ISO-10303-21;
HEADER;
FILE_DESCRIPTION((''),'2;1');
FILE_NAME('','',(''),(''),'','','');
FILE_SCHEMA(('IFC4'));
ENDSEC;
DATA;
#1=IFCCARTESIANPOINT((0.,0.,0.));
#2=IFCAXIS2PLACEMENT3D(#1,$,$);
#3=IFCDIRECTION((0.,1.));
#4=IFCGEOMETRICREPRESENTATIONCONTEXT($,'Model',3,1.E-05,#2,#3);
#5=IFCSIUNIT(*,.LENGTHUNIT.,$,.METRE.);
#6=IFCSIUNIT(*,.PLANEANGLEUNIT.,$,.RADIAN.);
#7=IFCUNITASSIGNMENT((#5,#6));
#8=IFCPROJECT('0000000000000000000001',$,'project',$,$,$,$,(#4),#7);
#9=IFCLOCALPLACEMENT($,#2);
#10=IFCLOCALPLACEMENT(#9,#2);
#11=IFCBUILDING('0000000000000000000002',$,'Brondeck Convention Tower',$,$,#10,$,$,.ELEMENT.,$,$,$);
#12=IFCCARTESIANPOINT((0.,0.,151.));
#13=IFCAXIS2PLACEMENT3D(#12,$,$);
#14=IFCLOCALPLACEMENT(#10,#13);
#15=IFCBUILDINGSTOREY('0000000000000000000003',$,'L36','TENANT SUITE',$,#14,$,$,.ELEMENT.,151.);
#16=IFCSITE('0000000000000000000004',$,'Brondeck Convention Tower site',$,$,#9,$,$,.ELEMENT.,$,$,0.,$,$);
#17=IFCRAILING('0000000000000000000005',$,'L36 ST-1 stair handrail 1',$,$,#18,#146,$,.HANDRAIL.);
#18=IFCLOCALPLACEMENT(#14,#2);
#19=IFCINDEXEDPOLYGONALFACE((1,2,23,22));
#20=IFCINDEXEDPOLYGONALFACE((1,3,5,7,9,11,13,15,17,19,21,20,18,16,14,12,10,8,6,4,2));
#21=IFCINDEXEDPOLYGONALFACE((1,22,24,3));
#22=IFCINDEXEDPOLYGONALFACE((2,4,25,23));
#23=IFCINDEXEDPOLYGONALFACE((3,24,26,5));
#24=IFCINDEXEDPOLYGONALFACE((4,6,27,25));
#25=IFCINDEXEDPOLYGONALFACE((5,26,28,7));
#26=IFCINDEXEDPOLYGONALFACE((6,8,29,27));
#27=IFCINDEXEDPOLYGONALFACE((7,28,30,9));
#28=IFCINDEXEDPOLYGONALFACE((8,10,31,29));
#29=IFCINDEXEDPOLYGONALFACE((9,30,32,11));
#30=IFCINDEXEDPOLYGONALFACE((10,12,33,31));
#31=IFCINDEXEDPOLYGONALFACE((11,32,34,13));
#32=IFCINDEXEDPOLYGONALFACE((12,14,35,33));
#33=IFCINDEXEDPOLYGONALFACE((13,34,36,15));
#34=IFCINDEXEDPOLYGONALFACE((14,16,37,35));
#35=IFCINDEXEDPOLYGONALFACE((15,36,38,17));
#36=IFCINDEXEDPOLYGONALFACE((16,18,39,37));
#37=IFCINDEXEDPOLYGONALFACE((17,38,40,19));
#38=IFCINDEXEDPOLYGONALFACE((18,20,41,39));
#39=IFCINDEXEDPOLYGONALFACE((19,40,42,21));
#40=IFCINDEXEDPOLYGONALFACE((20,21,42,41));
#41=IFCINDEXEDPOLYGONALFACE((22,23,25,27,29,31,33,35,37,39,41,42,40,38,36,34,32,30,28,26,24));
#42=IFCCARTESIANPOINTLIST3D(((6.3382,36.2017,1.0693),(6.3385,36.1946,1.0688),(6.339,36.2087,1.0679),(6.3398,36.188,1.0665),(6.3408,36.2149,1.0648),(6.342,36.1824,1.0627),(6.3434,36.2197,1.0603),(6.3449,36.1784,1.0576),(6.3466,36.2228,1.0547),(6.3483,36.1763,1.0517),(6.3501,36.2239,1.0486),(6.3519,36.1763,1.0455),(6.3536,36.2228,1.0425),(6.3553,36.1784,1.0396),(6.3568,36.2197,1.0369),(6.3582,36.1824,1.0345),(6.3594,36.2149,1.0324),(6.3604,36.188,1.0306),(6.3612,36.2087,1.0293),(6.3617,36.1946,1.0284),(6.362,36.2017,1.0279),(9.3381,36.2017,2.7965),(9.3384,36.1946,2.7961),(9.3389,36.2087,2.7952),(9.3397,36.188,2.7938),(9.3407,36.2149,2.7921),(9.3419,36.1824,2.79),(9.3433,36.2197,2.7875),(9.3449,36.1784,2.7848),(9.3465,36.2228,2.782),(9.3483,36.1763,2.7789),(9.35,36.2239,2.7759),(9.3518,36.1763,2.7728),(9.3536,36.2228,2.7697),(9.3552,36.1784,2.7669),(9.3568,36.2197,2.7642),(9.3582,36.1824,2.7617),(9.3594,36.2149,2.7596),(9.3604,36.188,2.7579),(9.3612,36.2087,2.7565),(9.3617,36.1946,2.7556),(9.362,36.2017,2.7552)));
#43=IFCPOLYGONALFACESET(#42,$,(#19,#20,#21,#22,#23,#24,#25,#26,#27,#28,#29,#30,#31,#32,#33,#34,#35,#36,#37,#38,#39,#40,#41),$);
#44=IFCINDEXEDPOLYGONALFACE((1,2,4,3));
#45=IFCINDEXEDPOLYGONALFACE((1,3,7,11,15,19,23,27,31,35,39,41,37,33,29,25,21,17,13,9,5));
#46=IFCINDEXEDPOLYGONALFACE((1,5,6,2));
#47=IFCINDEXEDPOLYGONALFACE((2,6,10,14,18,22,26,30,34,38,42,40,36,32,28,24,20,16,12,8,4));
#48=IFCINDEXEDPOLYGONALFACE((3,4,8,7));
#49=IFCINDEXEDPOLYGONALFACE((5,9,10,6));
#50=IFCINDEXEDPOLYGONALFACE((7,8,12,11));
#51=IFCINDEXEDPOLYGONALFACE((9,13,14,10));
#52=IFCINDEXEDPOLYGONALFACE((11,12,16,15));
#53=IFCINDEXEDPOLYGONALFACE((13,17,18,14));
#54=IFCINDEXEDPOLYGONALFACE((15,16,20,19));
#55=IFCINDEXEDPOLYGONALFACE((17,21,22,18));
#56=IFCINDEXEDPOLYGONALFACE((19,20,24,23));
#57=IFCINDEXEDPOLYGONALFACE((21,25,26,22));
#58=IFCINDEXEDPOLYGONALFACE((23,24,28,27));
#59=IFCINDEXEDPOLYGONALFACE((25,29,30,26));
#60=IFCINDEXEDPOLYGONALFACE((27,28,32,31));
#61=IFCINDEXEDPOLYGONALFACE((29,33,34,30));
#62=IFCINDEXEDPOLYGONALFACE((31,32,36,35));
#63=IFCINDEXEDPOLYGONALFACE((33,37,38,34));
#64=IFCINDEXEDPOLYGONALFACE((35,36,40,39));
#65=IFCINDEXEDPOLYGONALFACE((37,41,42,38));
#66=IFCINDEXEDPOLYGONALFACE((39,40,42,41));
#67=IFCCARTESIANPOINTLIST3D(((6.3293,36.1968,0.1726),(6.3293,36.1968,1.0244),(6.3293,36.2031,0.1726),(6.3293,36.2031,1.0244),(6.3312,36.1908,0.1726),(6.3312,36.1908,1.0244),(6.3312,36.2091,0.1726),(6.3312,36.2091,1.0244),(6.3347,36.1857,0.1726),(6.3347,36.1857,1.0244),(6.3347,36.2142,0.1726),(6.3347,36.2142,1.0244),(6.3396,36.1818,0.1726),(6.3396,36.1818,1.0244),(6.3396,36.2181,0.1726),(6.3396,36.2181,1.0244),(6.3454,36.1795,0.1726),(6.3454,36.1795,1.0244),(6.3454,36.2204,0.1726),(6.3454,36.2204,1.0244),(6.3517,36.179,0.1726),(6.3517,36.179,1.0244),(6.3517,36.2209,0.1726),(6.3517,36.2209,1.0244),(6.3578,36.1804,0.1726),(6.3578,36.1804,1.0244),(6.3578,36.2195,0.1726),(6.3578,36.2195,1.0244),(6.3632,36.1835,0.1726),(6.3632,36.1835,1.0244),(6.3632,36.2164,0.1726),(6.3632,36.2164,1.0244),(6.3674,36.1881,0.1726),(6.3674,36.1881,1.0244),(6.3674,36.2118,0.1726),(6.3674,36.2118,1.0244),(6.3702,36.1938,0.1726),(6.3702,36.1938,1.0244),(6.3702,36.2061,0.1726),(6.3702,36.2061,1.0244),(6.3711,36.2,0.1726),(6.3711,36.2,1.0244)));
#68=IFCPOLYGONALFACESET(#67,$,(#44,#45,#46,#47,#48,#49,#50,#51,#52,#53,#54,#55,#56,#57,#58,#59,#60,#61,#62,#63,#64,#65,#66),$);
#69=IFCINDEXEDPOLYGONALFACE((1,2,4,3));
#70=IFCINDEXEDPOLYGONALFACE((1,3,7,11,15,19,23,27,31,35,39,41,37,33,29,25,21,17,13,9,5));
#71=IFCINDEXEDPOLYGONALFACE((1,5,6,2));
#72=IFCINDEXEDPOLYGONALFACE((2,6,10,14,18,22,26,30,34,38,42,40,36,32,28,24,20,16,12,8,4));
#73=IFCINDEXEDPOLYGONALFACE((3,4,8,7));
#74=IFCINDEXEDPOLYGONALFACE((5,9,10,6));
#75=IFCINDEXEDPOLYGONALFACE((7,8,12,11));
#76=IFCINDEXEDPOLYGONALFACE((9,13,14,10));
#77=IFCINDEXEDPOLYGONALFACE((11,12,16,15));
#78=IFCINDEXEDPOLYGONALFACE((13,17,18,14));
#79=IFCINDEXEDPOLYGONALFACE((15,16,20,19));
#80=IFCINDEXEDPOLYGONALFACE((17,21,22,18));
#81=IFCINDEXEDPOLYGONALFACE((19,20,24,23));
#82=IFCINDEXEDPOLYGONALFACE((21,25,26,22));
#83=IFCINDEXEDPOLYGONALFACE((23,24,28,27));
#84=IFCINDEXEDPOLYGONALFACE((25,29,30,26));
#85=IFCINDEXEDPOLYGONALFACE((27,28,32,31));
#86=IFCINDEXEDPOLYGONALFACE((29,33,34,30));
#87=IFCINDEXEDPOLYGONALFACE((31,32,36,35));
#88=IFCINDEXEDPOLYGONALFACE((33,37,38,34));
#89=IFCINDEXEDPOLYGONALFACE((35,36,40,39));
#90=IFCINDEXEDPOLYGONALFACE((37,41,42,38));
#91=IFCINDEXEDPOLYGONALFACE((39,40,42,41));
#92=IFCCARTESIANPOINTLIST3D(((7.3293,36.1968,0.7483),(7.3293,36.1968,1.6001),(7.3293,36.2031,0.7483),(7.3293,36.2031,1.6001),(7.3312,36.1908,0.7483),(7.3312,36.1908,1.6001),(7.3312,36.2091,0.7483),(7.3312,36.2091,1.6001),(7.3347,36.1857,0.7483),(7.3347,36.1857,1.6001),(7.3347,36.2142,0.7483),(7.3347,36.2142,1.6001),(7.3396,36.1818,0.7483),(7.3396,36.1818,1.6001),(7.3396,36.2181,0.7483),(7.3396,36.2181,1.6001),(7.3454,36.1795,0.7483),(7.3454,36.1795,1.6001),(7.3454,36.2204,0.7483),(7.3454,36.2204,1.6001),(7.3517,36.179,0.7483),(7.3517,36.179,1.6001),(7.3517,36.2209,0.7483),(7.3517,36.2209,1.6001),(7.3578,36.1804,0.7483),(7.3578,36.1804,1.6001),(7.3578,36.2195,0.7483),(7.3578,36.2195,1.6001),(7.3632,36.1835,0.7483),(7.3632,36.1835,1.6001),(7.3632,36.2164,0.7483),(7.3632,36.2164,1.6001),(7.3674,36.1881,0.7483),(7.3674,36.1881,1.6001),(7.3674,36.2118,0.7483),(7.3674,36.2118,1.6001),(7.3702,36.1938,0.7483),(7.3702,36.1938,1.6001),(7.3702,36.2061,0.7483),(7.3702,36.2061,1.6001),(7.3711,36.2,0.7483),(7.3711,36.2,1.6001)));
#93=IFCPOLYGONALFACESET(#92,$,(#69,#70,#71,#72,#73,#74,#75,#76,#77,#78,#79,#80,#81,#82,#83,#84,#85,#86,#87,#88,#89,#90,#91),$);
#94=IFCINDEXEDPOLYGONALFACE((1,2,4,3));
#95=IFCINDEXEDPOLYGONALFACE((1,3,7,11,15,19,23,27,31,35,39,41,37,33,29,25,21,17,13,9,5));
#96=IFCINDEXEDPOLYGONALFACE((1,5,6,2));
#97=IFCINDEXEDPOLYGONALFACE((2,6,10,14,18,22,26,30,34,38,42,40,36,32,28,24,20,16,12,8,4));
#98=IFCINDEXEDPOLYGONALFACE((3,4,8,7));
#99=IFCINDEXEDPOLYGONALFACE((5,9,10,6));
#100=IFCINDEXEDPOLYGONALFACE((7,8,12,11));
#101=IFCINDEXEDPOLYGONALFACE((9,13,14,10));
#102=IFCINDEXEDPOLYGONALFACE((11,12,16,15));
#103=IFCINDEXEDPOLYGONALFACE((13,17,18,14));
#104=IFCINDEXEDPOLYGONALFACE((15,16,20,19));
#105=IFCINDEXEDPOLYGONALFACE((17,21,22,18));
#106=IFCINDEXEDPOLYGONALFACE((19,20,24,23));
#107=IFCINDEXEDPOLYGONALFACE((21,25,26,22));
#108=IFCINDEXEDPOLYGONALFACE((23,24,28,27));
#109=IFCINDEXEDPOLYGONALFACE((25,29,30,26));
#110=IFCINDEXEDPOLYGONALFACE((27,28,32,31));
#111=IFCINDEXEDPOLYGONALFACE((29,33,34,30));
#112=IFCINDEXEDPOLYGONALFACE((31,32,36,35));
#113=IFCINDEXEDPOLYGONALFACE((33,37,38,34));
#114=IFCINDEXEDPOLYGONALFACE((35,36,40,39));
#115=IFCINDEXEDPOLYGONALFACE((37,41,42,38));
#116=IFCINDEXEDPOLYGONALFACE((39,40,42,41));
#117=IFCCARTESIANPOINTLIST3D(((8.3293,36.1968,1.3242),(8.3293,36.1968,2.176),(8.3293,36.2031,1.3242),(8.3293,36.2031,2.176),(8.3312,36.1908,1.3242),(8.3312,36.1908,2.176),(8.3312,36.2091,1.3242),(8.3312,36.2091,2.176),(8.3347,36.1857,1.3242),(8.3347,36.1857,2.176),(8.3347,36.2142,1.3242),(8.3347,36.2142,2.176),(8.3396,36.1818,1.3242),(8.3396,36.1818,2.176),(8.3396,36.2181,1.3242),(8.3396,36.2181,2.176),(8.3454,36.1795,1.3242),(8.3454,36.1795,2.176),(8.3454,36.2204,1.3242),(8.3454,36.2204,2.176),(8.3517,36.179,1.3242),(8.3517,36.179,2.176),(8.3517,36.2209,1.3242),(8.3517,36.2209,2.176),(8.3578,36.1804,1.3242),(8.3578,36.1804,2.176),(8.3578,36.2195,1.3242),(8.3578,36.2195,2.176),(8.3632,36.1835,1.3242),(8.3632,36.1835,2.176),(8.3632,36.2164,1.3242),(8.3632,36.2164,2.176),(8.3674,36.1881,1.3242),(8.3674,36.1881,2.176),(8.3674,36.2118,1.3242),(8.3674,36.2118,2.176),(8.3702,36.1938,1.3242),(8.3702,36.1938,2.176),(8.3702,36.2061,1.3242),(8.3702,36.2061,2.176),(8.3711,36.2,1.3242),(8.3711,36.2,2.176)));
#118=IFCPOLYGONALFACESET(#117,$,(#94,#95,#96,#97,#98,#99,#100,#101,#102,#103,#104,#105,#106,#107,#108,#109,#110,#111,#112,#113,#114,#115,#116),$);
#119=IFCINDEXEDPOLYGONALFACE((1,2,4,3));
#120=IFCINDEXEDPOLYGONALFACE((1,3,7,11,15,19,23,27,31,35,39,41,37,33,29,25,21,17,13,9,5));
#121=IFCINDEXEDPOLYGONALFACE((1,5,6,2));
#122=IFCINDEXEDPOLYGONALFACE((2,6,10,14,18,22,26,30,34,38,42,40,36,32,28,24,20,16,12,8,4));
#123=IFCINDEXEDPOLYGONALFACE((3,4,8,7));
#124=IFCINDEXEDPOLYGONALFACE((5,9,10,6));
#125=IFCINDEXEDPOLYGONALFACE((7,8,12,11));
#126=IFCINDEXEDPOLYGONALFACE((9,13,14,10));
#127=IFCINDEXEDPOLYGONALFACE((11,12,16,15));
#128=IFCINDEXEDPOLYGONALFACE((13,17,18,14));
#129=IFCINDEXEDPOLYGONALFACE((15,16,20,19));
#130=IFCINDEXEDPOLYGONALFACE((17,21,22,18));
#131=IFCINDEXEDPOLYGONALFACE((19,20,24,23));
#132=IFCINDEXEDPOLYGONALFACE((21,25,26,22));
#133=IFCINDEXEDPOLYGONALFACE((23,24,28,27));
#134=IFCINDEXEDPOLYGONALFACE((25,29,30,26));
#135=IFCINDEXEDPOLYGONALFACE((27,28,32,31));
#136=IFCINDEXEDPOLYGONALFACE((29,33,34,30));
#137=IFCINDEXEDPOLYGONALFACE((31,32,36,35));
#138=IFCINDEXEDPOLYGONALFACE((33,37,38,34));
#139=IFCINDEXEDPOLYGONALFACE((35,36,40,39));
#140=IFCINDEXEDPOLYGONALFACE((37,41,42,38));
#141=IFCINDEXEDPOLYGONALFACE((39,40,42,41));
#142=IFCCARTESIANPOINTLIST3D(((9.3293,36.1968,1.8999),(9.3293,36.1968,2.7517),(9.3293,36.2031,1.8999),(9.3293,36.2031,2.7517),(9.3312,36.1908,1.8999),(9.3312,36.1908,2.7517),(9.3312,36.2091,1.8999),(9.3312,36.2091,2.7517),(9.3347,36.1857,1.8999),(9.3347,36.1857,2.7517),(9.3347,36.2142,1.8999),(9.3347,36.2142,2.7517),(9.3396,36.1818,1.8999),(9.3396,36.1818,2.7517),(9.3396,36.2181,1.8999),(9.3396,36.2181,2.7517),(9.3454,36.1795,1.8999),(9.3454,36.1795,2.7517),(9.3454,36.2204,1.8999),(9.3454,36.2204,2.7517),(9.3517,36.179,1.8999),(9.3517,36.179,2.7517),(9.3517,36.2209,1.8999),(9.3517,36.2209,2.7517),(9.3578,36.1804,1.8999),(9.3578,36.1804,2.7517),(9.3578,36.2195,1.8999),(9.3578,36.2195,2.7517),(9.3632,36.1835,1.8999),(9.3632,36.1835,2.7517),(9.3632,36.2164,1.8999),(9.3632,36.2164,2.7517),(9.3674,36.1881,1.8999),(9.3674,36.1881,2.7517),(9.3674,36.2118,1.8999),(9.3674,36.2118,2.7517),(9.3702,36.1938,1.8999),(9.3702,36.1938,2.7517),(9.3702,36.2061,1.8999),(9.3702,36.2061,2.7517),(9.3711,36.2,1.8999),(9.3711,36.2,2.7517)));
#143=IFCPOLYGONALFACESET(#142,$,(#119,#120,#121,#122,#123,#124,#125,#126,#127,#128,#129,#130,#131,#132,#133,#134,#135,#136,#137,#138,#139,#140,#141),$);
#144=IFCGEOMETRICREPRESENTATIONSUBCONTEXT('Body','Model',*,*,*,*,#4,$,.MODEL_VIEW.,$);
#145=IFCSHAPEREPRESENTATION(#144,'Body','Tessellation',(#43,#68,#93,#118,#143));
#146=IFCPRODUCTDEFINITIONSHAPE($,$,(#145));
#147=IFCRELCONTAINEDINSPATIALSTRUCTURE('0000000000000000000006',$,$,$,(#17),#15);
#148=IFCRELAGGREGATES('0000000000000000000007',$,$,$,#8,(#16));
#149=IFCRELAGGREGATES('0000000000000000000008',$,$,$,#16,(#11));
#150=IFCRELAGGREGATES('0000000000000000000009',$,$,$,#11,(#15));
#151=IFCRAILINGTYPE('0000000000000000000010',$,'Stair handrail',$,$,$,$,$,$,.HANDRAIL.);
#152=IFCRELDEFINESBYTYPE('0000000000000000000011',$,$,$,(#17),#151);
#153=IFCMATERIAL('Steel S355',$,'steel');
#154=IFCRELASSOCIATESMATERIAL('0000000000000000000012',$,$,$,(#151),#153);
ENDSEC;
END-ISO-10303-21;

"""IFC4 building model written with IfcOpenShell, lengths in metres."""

from ifc_helpers import new_model, si_unit, direction, frame, origin, origin_2d, place, context, subcontext, project, spatial, circle, extrude, material, type_object, element, save


model = new_model("IFC4")

# Units and contexts
model_context = context("Model", 3, precision=1e-05, world=origin(), true_north=direction((0.0, 1.0)))
body_context = subcontext(model_context, "Body", "Model", "MODEL_VIEW")
ifc_project = project(units=[si_unit("LENGTHUNIT", "METRE"), si_unit("PLANEANGLEUNIT", "RADIAN")], contexts=[model_context])

# Site, building, storey
site_placement = place(None, origin())
site = spatial("IfcSite", under=ifc_project, at=site_placement, Name="Brondeck Convention Tower site", CompositionType="ELEMENT", RefElevation=0.0)
building_placement = place(site_placement, origin())
building = spatial("IfcBuilding", under=site, at=building_placement, Name="Brondeck Convention Tower", CompositionType="ELEMENT")
storey_placement = place(building_placement, frame((0.0, 0.0, 151.0)))
storey = spatial("IfcBuildingStorey", under=building, at=storey_placement, Name="L36", Description="TENANT SUITE", CompositionType="ELEMENT", Elevation=151.0)

# Railing
ifc_material_1 = material(Name="Steel S355", Category="steel")
railing_type_1 = type_object("IfcRailingType", Name="Stair handrail", PredefinedType="HANDRAIL", material=ifc_material_1)
railing_1_placement = place(storey_placement, frame((6.3501, 36.2, 0.1726)))
element("IfcRailing", 1, at=railing_1_placement, inside=storey, type_object=railing_type_1, Name="L36 ST-1 stair handrail 1", PredefinedType="HANDRAIL", context=body_context, shape_type="SweptSolid", body=[
    extrude(circle(Radius=0.0239, at=origin_2d()), frame((0.0, 0.0, 0.876), z_axis=(0.86662, 0.0, 0.498969), x_axis=(0.0, 1.0, 0.0)), (0.0, 0.0, 1.0), 3.4617),
    extrude(circle(Radius=0.021, at=origin_2d()), origin(), (0.0, 0.0, 1.0), 0.8518),
    extrude(circle(Radius=0.021, at=origin_2d()), frame((1.0, 0.0, 0.5757)), (0.0, 0.0, 1.0), 0.8518),
    extrude(circle(Radius=0.021, at=origin_2d()), frame((2.0, 0.0, 1.1516)), (0.0, 0.0, 1.0), 0.8518),
    extrude(circle(Radius=0.021, at=origin_2d()), frame((3.0, 0.0, 1.7273)), (0.0, 0.0, 1.0), 0.8518),
])

save(model, "model.ifc")
